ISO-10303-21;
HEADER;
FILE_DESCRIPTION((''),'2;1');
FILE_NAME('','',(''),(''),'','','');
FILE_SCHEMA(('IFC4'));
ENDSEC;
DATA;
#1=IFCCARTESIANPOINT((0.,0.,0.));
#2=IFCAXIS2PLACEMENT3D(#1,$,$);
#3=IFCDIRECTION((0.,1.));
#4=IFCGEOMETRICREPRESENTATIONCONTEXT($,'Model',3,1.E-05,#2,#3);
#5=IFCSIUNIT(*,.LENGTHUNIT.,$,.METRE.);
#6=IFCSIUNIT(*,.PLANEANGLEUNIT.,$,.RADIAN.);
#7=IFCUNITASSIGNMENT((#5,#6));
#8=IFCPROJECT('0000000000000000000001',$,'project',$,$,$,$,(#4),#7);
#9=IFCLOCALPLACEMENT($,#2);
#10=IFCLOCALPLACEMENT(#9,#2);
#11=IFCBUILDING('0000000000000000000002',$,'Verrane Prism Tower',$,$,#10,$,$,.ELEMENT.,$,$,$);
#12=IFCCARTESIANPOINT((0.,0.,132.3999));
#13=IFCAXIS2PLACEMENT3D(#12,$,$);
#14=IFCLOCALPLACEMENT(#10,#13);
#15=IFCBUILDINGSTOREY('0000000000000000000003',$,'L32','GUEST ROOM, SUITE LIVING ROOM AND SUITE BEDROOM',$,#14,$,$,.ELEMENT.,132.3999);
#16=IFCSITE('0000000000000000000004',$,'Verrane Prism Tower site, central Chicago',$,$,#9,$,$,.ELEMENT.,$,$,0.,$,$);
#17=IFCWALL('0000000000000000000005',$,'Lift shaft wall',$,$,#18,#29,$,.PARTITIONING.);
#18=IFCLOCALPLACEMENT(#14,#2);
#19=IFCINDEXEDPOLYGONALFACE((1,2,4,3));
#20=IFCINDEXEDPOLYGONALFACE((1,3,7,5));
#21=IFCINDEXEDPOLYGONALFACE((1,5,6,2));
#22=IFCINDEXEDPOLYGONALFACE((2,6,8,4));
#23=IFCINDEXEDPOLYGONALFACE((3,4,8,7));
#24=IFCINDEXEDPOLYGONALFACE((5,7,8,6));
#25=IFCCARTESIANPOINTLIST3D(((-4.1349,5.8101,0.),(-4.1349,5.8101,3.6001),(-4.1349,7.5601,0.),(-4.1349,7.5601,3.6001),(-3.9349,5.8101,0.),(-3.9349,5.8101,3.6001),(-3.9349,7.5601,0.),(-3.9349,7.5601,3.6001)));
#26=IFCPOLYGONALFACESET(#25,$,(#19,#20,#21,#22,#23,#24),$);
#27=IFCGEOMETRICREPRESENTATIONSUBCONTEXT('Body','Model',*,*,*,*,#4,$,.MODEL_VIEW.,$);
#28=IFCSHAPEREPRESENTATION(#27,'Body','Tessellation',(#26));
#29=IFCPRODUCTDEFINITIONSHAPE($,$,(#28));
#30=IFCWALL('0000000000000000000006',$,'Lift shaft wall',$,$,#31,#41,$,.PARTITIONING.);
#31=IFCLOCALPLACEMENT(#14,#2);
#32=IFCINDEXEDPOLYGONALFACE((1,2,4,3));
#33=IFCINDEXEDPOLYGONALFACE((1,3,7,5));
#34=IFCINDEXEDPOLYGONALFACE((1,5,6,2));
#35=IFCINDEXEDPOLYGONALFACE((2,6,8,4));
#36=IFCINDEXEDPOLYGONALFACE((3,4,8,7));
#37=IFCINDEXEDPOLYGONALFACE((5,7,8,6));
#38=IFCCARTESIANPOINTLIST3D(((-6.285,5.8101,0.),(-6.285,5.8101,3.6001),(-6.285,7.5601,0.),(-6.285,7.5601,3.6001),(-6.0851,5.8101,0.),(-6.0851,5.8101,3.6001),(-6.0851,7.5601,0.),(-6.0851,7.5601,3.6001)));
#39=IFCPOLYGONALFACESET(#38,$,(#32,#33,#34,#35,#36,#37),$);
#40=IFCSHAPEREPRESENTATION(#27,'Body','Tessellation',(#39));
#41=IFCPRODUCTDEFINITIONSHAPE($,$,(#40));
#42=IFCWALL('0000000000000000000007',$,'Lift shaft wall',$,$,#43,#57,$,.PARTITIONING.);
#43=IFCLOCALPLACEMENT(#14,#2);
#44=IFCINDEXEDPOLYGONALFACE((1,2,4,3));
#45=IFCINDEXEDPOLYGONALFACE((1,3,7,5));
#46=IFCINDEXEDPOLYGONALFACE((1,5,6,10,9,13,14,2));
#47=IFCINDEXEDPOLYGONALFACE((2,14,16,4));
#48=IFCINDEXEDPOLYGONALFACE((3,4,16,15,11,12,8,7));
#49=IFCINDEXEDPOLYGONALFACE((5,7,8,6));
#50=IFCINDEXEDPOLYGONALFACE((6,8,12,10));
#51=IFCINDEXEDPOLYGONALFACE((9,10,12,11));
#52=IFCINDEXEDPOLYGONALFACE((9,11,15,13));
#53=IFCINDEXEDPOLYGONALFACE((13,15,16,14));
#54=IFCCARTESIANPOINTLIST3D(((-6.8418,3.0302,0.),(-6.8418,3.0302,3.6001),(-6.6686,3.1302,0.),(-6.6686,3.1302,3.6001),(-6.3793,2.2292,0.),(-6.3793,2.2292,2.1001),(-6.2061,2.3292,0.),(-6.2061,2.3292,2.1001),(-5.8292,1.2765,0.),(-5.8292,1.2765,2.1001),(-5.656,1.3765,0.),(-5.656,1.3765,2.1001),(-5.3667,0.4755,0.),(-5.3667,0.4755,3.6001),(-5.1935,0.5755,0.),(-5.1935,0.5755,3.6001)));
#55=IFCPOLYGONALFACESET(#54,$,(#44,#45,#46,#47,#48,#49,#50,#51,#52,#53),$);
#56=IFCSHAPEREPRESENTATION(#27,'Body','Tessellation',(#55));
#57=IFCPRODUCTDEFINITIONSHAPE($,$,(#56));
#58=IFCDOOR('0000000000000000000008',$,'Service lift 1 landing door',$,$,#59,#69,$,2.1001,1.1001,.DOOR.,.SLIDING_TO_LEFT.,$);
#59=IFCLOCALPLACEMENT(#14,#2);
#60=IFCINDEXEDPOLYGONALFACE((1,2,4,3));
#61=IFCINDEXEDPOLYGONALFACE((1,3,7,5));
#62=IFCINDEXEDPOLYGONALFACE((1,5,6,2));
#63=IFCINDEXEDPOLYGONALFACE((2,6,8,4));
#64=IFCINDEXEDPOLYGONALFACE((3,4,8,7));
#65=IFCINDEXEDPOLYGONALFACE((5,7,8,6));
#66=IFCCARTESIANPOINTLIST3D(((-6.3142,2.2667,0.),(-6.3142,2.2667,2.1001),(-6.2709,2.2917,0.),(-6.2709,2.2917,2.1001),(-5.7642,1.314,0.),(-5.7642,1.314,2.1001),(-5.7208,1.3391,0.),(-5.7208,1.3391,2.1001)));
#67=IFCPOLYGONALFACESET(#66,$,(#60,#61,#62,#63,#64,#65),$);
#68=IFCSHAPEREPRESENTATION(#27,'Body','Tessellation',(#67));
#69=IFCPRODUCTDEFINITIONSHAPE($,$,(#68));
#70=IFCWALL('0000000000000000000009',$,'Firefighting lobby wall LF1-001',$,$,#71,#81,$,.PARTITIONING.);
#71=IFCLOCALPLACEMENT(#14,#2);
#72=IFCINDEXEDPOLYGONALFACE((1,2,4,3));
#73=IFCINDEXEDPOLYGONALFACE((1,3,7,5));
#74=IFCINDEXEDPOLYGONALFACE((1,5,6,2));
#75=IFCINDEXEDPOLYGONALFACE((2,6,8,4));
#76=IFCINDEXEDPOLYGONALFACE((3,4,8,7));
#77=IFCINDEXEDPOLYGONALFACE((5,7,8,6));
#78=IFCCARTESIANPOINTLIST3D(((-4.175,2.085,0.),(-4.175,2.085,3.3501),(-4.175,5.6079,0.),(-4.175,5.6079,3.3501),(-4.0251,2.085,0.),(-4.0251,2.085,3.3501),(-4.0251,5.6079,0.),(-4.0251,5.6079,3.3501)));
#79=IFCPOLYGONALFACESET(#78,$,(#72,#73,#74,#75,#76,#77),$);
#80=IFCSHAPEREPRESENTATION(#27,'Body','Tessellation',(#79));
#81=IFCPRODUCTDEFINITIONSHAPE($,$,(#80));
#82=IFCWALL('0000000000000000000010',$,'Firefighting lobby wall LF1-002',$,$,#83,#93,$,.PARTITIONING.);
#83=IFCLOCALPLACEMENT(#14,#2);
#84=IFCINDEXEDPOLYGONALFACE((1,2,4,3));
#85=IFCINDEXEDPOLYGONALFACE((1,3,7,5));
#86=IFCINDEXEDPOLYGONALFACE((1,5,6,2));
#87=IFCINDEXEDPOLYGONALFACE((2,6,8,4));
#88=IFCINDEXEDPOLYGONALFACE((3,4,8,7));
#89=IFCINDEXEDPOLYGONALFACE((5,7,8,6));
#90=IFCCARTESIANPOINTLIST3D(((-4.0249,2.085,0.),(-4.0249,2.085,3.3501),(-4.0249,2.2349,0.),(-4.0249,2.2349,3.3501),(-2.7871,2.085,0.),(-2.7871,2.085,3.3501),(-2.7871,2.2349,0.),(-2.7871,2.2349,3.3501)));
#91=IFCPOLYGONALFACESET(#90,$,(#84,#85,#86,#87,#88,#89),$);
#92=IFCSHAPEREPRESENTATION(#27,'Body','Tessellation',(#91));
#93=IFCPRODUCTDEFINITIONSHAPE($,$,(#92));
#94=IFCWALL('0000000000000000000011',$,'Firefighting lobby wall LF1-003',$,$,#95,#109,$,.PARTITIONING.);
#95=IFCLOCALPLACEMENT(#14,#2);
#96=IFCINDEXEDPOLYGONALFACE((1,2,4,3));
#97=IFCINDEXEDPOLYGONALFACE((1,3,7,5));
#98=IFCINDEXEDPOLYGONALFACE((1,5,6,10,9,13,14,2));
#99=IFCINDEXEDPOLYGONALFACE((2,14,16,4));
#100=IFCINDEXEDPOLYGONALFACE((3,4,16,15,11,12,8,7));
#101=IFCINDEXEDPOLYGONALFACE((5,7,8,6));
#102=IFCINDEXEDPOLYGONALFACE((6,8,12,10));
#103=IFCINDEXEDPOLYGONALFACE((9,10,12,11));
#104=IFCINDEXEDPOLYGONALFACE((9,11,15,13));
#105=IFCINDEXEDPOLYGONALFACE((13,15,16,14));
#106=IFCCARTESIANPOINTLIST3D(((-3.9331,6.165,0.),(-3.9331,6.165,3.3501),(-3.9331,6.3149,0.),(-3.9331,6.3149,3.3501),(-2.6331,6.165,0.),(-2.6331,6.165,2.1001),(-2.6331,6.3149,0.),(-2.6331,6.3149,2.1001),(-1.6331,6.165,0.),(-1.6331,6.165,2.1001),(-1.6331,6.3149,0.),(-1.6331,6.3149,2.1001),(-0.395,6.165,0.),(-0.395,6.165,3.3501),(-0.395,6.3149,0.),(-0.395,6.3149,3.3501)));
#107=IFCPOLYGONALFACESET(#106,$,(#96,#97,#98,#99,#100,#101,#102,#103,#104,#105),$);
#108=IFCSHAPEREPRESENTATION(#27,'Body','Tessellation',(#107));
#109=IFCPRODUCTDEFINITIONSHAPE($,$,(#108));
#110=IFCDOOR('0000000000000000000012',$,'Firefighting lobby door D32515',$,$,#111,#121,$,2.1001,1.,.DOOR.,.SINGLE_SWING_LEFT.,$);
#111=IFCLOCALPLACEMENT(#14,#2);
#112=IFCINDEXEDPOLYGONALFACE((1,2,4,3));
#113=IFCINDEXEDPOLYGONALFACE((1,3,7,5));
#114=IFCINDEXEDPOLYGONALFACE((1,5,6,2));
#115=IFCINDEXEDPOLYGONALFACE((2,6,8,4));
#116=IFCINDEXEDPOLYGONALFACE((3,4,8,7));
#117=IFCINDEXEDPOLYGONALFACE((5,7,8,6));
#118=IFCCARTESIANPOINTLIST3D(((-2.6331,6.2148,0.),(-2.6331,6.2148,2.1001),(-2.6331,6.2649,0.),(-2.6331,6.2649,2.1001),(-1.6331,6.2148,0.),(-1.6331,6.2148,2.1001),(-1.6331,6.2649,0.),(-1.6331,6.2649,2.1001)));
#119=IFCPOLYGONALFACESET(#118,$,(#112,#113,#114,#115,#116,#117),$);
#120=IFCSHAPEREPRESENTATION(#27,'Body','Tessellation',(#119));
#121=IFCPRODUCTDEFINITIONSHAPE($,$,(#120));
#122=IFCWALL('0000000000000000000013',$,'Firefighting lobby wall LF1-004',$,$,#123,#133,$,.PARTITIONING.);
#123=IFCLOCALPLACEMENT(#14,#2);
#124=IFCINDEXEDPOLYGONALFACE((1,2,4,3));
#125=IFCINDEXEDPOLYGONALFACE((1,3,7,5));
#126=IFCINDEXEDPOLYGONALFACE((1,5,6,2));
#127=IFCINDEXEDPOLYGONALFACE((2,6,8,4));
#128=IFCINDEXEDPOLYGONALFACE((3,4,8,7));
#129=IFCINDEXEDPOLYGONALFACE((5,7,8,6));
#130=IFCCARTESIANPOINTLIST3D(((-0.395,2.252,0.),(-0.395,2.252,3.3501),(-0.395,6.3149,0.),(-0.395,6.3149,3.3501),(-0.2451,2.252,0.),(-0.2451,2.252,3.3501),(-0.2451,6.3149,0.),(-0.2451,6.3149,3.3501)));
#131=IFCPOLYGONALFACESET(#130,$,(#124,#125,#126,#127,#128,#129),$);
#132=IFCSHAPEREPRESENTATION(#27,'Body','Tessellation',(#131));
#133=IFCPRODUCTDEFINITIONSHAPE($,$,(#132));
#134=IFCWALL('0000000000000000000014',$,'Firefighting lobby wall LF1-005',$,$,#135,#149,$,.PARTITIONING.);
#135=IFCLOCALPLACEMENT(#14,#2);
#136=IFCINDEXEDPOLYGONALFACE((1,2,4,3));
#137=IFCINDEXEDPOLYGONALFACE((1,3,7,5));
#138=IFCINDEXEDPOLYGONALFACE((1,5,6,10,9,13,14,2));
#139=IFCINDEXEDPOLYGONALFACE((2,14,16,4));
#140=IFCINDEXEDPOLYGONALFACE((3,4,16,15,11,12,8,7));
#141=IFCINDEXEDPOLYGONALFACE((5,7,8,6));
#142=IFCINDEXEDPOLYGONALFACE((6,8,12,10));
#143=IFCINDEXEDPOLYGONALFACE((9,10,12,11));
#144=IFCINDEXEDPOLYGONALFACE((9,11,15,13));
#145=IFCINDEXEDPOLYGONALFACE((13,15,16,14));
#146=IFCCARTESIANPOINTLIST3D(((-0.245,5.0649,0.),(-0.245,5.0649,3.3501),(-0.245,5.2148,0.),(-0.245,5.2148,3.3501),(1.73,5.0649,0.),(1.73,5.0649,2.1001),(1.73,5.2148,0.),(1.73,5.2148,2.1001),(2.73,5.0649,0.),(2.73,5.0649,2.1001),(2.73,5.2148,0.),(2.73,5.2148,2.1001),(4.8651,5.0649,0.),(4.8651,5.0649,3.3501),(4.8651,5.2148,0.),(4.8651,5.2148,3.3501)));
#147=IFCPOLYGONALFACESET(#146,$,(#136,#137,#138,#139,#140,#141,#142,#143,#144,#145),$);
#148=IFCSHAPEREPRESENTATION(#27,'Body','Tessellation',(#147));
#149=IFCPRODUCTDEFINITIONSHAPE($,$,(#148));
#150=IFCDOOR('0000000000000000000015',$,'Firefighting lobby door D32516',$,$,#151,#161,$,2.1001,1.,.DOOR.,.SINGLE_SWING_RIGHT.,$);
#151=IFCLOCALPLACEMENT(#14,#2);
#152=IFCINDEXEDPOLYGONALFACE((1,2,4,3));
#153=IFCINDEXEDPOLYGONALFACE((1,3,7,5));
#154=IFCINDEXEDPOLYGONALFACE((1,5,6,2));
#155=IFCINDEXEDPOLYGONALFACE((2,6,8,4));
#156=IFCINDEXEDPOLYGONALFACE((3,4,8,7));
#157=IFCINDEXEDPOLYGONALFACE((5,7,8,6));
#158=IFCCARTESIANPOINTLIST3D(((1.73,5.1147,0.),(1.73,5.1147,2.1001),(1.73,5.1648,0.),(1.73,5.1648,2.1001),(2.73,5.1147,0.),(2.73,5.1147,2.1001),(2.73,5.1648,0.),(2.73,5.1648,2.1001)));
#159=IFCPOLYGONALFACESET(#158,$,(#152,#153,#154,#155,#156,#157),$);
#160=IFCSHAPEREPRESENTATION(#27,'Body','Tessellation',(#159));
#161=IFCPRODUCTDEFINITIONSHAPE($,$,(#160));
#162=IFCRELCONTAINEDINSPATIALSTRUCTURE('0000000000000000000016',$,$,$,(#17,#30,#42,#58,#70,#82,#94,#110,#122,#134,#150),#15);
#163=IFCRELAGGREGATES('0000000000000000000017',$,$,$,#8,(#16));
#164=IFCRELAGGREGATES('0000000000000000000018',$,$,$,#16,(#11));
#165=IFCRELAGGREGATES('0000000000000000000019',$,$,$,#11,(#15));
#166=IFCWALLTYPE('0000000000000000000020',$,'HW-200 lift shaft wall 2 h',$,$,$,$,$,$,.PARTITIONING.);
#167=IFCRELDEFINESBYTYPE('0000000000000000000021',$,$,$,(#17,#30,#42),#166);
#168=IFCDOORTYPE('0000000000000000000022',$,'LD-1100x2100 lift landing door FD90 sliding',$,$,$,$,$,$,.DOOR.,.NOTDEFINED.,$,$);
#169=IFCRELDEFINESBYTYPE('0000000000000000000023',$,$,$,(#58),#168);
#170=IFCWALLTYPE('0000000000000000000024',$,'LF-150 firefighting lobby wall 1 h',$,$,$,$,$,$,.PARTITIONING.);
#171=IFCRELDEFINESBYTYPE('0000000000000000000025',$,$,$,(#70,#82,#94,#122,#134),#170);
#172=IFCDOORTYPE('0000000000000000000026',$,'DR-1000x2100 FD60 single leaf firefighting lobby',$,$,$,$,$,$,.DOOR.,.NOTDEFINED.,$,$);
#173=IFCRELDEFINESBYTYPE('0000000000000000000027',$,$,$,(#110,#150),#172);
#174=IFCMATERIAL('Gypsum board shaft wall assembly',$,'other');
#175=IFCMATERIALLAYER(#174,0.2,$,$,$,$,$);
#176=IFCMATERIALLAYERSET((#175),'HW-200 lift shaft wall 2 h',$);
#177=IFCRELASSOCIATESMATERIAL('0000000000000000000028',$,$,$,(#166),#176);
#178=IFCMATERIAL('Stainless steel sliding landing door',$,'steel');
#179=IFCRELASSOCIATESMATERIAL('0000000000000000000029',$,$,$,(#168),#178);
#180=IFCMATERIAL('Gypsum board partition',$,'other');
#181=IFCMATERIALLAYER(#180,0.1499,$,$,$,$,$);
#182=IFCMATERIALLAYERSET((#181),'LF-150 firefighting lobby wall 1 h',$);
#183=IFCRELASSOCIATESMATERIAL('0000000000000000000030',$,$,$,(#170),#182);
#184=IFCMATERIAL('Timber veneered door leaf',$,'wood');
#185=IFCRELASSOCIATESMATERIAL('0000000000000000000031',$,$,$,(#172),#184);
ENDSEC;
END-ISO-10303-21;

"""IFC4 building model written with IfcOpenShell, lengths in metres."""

from ifc_helpers import new_model, si_unit, direction, frame, frame_2d, origin, place, context, subcontext, project, spatial, rectangle, extrude, material, layer, layer_set, type_object, element, fill, save


model = new_model("IFC4")

# Units and contexts
model_context = context("Model", 3, precision=1e-05, world=origin(), true_north=direction((0.0, 1.0)))
body_context = subcontext(model_context, "Body", "Model", "MODEL_VIEW")
ifc_project = project(units=[si_unit("LENGTHUNIT", "METRE"), si_unit("PLANEANGLEUNIT", "RADIAN")], contexts=[model_context])

# Site, building, storey
site_placement = place(None, origin())
site = spatial("IfcSite", under=ifc_project, at=site_placement, Name="Verrane Prism Tower site, central Chicago", CompositionType="ELEMENT", RefElevation=0.0)
building_placement = place(site_placement, origin())
building = spatial("IfcBuilding", under=site, at=building_placement, Name="Verrane Prism Tower", CompositionType="ELEMENT")
storey_placement = place(building_placement, frame((0.0, 0.0, 132.3999)))
storey = spatial("IfcBuildingStorey", under=building, at=storey_placement, Name="L32", Description="GUEST ROOM, SUITE LIVING ROOM AND SUITE BEDROOM", CompositionType="ELEMENT", Elevation=132.3999)

# Shared definitions
ifc_material_1 = material(Name="Gypsum board shaft wall assembly", Category="other")
ifc_layer_1 = layer(ifc_material_1, 0.2)
ifc_layer_set_1 = layer_set([ifc_layer_1], Name="HW-200 lift shaft wall 2 h")
wall_type_1 = type_object("IfcWallType", Name="HW-200 lift shaft wall 2 h", PredefinedType="PARTITIONING", material=ifc_layer_set_1)
ifc_material_2 = material(Name="Stainless steel sliding landing door", Category="steel")
door_type_1 = type_object("IfcDoorType", Name="LD-1100x2100 lift landing door FD90 sliding", OperationType="NOTDEFINED", PredefinedType="DOOR", material=ifc_material_2)

# Walls
for number, where, z_axis, x_axis, name in (
    (1, (-4.0349, 5.8101, 0.0), (0.0, 0.0, 1.0), (0.0, 1.0, 0.0), "Lift shaft wall"),
    (2, (-6.1851, 5.8101, 0.0), (0.0, 0.0, 1.0), (0.0, 1.0, 0.0), "Lift shaft wall"),
):
    element("IfcWall", number, at=place(storey_placement, frame(where, z_axis=z_axis, x_axis=x_axis)), inside=storey, type_object=wall_type_1, Name=name, PredefinedType="PARTITIONING", context=body_context, shape_type="SweptSolid", body=[
        extrude(rectangle(XDim=1.75, YDim=0.2, at=frame_2d((0.875, 0.0))), origin(), (0.0, 0.0, 1.0), 3.6001),
    ])

# Wall, opening, door
wall_1_placement = place(storey_placement, frame((-5.28, 0.5254, 0.0), z_axis=(0.0, 0.0, 1.0), x_axis=(-0.500038, 0.866004, 0.0)))
wall_1 = element("IfcWall", 3, at=wall_1_placement, inside=storey, type_object=wall_type_1, Name="Lift shaft wall", PredefinedType="PARTITIONING", context=body_context, shape_type="SweptSolid", body=[
    extrude(rectangle(XDim=2.95, YDim=0.2, at=frame_2d((1.4751, 0.0))), origin(), (0.0, 0.0, 1.0), 3.6001),
])
opening_1_placement = place(wall_1_placement, frame((0.925, 0.0, 0.0)))
opening_1 = element("IfcOpeningElement", 4, at=opening_1_placement, cuts=wall_1, PredefinedType="OPENING", context=body_context, shape_type="SweptSolid", body=[
    extrude(rectangle(XDim=1.1001, YDim=2.1001, at=frame_2d((0.55, 1.05))), frame((0.0, 0.1099, 0.0), z_axis=(0.0, -1.0, 0.0), x_axis=(1.0, 0.0, 0.0)), (0.0, 0.0, 1.0), 0.22),
])
door_1_placement = place(opening_1_placement, origin())
door_1 = element("IfcDoor", 5, at=door_1_placement, inside=storey, type_object=door_type_1, Name="Service lift 1 landing door", OperationType="SLIDING_TO_LEFT", OverallHeight=2.1001, OverallWidth=1.1001, PredefinedType="DOOR", context=body_context, shape_type="SweptSolid", body=[
    extrude(rectangle(XDim=1.1001, YDim=2.1001, at=frame_2d((0.55, 1.05))), frame((0.0, 0.0249, 0.0), z_axis=(0.0, -1.0, 0.0), x_axis=(1.0, 0.0, 0.0)), (0.0, 0.0, 1.0), 0.05),
])
fill(opening_1, door_1)

# Walls
ifc_material_3 = material(Name="Gypsum board partition", Category="other")
ifc_layer_2 = layer(ifc_material_3, 0.1499)
ifc_layer_set_2 = layer_set([ifc_layer_2], Name="LF-150 firefighting lobby wall 1 h")
wall_type_2 = type_object("IfcWallType", Name="LF-150 firefighting lobby wall 1 h", PredefinedType="PARTITIONING", material=ifc_layer_set_2)
wall_2_placement = place(storey_placement, frame((-4.1001, 2.085, 0.0), z_axis=(0.0, 0.0, 1.0), x_axis=(0.0, 1.0, 0.0)))
element("IfcWall", 6, at=wall_2_placement, inside=storey, type_object=wall_type_2, Name="Firefighting lobby wall LF1-001", PredefinedType="PARTITIONING", context=body_context, shape_type="SweptSolid", body=[
    extrude(rectangle(XDim=3.5229, YDim=0.1499, at=frame_2d((1.7615, 0.0))), origin(), (0.0, 0.0, 1.0), 3.3501),
])
wall_3_placement = place(storey_placement, frame((-4.0249, 2.1599, 0.0), z_axis=(0.0, 0.0, 1.0), x_axis=(1.0, 0.0, 0.0)))
element("IfcWall", 7, at=wall_3_placement, inside=storey, type_object=wall_type_2, Name="Firefighting lobby wall LF1-002", PredefinedType="PARTITIONING", context=body_context, shape_type="SweptSolid", body=[
    extrude(rectangle(XDim=1.2378, YDim=0.1499, at=frame_2d((0.6189, 0.0))), origin(), (0.0, 0.0, 1.0), 3.3501),
])

# Wall, opening, door
wall_4_placement = place(storey_placement, frame((-3.9331, 6.24, 0.0), z_axis=(0.0, 0.0, 1.0), x_axis=(1.0, 0.0, 0.0)))
wall_4 = element("IfcWall", 8, at=wall_4_placement, inside=storey, type_object=wall_type_2, Name="Firefighting lobby wall LF1-003", PredefinedType="PARTITIONING", context=body_context, shape_type="SweptSolid", body=[
    extrude(rectangle(XDim=3.5381, YDim=0.1499, at=frame_2d((1.769, 0.0))), origin(), (0.0, 0.0, 1.0), 3.3501),
])
opening_2_placement = place(wall_4_placement, frame((1.3, 0.0, 0.0)))
opening_2 = element("IfcOpeningElement", 9, at=opening_2_placement, cuts=wall_4, PredefinedType="OPENING", context=body_context, shape_type="SweptSolid", body=[
    extrude(rectangle(XDim=1.0, YDim=2.1001, at=frame_2d((0.5, 1.05))), frame((0.0, 0.085, 0.0), z_axis=(0.0, -1.0, 0.0), x_axis=(1.0, 0.0, 0.0)), (0.0, 0.0, 1.0), 0.1699),
])
ifc_material_4 = material(Name="Timber veneered door leaf", Category="wood")
door_type_2 = type_object("IfcDoorType", Name="DR-1000x2100 FD60 single leaf firefighting lobby", OperationType="NOTDEFINED", PredefinedType="DOOR", material=ifc_material_4)
door_2_placement = place(opening_2_placement, origin())
door_2 = element("IfcDoor", 10, at=door_2_placement, inside=storey, type_object=door_type_2, Name="Firefighting lobby door D32515", OperationType="SINGLE_SWING_LEFT", OverallHeight=2.1001, OverallWidth=1.0, PredefinedType="DOOR", context=body_context, shape_type="SweptSolid", body=[
    extrude(rectangle(XDim=1.0, YDim=2.1001, at=frame_2d((0.5, 1.05))), frame((0.0, 0.0249, 0.0), z_axis=(0.0, -1.0, 0.0), x_axis=(1.0, 0.0, 0.0)), (0.0, 0.0, 1.0), 0.05),
])
fill(opening_2, door_2)

# Wall
wall_5_placement = place(storey_placement, frame((-0.3201, 2.252, 0.0), z_axis=(0.0, 0.0, 1.0), x_axis=(0.0, 1.0, 0.0)))
element("IfcWall", 11, at=wall_5_placement, inside=storey, type_object=wall_type_2, Name="Firefighting lobby wall LF1-004", PredefinedType="PARTITIONING", context=body_context, shape_type="SweptSolid", body=[
    extrude(rectangle(XDim=4.063, YDim=0.1499, at=frame_2d((2.0315, 0.0))), origin(), (0.0, 0.0, 1.0), 3.3501),
])

# Wall, opening, door
wall_6_placement = place(storey_placement, frame((-0.2451, 5.1399, 0.0), z_axis=(0.0, 0.0, 1.0), x_axis=(1.0, 0.0, 0.0)))
wall_6 = element("IfcWall", 12, at=wall_6_placement, inside=storey, type_object=wall_type_2, Name="Firefighting lobby wall LF1-005", PredefinedType="PARTITIONING", context=body_context, shape_type="SweptSolid", body=[
    extrude(rectangle(XDim=5.1101, YDim=0.1499, at=frame_2d((2.5552, 0.0))), origin(), (0.0, 0.0, 1.0), 3.3501),
])
opening_3_placement = place(wall_6_placement, frame((1.9751, 0.0, 0.0)))
opening_3 = element("IfcOpeningElement", 13, at=opening_3_placement, cuts=wall_6, PredefinedType="OPENING", context=body_context, shape_type="SweptSolid", body=[
    extrude(rectangle(XDim=1.0, YDim=2.1001, at=frame_2d((0.5, 1.05))), frame((0.0, 0.085, 0.0), z_axis=(0.0, -1.0, 0.0), x_axis=(1.0, 0.0, 0.0)), (0.0, 0.0, 1.0), 0.1699),
])
door_3_placement = place(opening_3_placement, origin())
door_3 = element("IfcDoor", 14, at=door_3_placement, inside=storey, type_object=door_type_2, Name="Firefighting lobby door D32516", OperationType="SINGLE_SWING_RIGHT", OverallHeight=2.1001, OverallWidth=1.0, PredefinedType="DOOR", context=body_context, shape_type="SweptSolid", body=[
    extrude(rectangle(XDim=1.0, YDim=2.1001, at=frame_2d((0.5, 1.05))), frame((0.0, 0.0249, 0.0), z_axis=(0.0, -1.0, 0.0), x_axis=(1.0, 0.0, 0.0)), (0.0, 0.0, 1.0), 0.05),
])
fill(opening_3, door_3)

save(model, "model.ifc")
